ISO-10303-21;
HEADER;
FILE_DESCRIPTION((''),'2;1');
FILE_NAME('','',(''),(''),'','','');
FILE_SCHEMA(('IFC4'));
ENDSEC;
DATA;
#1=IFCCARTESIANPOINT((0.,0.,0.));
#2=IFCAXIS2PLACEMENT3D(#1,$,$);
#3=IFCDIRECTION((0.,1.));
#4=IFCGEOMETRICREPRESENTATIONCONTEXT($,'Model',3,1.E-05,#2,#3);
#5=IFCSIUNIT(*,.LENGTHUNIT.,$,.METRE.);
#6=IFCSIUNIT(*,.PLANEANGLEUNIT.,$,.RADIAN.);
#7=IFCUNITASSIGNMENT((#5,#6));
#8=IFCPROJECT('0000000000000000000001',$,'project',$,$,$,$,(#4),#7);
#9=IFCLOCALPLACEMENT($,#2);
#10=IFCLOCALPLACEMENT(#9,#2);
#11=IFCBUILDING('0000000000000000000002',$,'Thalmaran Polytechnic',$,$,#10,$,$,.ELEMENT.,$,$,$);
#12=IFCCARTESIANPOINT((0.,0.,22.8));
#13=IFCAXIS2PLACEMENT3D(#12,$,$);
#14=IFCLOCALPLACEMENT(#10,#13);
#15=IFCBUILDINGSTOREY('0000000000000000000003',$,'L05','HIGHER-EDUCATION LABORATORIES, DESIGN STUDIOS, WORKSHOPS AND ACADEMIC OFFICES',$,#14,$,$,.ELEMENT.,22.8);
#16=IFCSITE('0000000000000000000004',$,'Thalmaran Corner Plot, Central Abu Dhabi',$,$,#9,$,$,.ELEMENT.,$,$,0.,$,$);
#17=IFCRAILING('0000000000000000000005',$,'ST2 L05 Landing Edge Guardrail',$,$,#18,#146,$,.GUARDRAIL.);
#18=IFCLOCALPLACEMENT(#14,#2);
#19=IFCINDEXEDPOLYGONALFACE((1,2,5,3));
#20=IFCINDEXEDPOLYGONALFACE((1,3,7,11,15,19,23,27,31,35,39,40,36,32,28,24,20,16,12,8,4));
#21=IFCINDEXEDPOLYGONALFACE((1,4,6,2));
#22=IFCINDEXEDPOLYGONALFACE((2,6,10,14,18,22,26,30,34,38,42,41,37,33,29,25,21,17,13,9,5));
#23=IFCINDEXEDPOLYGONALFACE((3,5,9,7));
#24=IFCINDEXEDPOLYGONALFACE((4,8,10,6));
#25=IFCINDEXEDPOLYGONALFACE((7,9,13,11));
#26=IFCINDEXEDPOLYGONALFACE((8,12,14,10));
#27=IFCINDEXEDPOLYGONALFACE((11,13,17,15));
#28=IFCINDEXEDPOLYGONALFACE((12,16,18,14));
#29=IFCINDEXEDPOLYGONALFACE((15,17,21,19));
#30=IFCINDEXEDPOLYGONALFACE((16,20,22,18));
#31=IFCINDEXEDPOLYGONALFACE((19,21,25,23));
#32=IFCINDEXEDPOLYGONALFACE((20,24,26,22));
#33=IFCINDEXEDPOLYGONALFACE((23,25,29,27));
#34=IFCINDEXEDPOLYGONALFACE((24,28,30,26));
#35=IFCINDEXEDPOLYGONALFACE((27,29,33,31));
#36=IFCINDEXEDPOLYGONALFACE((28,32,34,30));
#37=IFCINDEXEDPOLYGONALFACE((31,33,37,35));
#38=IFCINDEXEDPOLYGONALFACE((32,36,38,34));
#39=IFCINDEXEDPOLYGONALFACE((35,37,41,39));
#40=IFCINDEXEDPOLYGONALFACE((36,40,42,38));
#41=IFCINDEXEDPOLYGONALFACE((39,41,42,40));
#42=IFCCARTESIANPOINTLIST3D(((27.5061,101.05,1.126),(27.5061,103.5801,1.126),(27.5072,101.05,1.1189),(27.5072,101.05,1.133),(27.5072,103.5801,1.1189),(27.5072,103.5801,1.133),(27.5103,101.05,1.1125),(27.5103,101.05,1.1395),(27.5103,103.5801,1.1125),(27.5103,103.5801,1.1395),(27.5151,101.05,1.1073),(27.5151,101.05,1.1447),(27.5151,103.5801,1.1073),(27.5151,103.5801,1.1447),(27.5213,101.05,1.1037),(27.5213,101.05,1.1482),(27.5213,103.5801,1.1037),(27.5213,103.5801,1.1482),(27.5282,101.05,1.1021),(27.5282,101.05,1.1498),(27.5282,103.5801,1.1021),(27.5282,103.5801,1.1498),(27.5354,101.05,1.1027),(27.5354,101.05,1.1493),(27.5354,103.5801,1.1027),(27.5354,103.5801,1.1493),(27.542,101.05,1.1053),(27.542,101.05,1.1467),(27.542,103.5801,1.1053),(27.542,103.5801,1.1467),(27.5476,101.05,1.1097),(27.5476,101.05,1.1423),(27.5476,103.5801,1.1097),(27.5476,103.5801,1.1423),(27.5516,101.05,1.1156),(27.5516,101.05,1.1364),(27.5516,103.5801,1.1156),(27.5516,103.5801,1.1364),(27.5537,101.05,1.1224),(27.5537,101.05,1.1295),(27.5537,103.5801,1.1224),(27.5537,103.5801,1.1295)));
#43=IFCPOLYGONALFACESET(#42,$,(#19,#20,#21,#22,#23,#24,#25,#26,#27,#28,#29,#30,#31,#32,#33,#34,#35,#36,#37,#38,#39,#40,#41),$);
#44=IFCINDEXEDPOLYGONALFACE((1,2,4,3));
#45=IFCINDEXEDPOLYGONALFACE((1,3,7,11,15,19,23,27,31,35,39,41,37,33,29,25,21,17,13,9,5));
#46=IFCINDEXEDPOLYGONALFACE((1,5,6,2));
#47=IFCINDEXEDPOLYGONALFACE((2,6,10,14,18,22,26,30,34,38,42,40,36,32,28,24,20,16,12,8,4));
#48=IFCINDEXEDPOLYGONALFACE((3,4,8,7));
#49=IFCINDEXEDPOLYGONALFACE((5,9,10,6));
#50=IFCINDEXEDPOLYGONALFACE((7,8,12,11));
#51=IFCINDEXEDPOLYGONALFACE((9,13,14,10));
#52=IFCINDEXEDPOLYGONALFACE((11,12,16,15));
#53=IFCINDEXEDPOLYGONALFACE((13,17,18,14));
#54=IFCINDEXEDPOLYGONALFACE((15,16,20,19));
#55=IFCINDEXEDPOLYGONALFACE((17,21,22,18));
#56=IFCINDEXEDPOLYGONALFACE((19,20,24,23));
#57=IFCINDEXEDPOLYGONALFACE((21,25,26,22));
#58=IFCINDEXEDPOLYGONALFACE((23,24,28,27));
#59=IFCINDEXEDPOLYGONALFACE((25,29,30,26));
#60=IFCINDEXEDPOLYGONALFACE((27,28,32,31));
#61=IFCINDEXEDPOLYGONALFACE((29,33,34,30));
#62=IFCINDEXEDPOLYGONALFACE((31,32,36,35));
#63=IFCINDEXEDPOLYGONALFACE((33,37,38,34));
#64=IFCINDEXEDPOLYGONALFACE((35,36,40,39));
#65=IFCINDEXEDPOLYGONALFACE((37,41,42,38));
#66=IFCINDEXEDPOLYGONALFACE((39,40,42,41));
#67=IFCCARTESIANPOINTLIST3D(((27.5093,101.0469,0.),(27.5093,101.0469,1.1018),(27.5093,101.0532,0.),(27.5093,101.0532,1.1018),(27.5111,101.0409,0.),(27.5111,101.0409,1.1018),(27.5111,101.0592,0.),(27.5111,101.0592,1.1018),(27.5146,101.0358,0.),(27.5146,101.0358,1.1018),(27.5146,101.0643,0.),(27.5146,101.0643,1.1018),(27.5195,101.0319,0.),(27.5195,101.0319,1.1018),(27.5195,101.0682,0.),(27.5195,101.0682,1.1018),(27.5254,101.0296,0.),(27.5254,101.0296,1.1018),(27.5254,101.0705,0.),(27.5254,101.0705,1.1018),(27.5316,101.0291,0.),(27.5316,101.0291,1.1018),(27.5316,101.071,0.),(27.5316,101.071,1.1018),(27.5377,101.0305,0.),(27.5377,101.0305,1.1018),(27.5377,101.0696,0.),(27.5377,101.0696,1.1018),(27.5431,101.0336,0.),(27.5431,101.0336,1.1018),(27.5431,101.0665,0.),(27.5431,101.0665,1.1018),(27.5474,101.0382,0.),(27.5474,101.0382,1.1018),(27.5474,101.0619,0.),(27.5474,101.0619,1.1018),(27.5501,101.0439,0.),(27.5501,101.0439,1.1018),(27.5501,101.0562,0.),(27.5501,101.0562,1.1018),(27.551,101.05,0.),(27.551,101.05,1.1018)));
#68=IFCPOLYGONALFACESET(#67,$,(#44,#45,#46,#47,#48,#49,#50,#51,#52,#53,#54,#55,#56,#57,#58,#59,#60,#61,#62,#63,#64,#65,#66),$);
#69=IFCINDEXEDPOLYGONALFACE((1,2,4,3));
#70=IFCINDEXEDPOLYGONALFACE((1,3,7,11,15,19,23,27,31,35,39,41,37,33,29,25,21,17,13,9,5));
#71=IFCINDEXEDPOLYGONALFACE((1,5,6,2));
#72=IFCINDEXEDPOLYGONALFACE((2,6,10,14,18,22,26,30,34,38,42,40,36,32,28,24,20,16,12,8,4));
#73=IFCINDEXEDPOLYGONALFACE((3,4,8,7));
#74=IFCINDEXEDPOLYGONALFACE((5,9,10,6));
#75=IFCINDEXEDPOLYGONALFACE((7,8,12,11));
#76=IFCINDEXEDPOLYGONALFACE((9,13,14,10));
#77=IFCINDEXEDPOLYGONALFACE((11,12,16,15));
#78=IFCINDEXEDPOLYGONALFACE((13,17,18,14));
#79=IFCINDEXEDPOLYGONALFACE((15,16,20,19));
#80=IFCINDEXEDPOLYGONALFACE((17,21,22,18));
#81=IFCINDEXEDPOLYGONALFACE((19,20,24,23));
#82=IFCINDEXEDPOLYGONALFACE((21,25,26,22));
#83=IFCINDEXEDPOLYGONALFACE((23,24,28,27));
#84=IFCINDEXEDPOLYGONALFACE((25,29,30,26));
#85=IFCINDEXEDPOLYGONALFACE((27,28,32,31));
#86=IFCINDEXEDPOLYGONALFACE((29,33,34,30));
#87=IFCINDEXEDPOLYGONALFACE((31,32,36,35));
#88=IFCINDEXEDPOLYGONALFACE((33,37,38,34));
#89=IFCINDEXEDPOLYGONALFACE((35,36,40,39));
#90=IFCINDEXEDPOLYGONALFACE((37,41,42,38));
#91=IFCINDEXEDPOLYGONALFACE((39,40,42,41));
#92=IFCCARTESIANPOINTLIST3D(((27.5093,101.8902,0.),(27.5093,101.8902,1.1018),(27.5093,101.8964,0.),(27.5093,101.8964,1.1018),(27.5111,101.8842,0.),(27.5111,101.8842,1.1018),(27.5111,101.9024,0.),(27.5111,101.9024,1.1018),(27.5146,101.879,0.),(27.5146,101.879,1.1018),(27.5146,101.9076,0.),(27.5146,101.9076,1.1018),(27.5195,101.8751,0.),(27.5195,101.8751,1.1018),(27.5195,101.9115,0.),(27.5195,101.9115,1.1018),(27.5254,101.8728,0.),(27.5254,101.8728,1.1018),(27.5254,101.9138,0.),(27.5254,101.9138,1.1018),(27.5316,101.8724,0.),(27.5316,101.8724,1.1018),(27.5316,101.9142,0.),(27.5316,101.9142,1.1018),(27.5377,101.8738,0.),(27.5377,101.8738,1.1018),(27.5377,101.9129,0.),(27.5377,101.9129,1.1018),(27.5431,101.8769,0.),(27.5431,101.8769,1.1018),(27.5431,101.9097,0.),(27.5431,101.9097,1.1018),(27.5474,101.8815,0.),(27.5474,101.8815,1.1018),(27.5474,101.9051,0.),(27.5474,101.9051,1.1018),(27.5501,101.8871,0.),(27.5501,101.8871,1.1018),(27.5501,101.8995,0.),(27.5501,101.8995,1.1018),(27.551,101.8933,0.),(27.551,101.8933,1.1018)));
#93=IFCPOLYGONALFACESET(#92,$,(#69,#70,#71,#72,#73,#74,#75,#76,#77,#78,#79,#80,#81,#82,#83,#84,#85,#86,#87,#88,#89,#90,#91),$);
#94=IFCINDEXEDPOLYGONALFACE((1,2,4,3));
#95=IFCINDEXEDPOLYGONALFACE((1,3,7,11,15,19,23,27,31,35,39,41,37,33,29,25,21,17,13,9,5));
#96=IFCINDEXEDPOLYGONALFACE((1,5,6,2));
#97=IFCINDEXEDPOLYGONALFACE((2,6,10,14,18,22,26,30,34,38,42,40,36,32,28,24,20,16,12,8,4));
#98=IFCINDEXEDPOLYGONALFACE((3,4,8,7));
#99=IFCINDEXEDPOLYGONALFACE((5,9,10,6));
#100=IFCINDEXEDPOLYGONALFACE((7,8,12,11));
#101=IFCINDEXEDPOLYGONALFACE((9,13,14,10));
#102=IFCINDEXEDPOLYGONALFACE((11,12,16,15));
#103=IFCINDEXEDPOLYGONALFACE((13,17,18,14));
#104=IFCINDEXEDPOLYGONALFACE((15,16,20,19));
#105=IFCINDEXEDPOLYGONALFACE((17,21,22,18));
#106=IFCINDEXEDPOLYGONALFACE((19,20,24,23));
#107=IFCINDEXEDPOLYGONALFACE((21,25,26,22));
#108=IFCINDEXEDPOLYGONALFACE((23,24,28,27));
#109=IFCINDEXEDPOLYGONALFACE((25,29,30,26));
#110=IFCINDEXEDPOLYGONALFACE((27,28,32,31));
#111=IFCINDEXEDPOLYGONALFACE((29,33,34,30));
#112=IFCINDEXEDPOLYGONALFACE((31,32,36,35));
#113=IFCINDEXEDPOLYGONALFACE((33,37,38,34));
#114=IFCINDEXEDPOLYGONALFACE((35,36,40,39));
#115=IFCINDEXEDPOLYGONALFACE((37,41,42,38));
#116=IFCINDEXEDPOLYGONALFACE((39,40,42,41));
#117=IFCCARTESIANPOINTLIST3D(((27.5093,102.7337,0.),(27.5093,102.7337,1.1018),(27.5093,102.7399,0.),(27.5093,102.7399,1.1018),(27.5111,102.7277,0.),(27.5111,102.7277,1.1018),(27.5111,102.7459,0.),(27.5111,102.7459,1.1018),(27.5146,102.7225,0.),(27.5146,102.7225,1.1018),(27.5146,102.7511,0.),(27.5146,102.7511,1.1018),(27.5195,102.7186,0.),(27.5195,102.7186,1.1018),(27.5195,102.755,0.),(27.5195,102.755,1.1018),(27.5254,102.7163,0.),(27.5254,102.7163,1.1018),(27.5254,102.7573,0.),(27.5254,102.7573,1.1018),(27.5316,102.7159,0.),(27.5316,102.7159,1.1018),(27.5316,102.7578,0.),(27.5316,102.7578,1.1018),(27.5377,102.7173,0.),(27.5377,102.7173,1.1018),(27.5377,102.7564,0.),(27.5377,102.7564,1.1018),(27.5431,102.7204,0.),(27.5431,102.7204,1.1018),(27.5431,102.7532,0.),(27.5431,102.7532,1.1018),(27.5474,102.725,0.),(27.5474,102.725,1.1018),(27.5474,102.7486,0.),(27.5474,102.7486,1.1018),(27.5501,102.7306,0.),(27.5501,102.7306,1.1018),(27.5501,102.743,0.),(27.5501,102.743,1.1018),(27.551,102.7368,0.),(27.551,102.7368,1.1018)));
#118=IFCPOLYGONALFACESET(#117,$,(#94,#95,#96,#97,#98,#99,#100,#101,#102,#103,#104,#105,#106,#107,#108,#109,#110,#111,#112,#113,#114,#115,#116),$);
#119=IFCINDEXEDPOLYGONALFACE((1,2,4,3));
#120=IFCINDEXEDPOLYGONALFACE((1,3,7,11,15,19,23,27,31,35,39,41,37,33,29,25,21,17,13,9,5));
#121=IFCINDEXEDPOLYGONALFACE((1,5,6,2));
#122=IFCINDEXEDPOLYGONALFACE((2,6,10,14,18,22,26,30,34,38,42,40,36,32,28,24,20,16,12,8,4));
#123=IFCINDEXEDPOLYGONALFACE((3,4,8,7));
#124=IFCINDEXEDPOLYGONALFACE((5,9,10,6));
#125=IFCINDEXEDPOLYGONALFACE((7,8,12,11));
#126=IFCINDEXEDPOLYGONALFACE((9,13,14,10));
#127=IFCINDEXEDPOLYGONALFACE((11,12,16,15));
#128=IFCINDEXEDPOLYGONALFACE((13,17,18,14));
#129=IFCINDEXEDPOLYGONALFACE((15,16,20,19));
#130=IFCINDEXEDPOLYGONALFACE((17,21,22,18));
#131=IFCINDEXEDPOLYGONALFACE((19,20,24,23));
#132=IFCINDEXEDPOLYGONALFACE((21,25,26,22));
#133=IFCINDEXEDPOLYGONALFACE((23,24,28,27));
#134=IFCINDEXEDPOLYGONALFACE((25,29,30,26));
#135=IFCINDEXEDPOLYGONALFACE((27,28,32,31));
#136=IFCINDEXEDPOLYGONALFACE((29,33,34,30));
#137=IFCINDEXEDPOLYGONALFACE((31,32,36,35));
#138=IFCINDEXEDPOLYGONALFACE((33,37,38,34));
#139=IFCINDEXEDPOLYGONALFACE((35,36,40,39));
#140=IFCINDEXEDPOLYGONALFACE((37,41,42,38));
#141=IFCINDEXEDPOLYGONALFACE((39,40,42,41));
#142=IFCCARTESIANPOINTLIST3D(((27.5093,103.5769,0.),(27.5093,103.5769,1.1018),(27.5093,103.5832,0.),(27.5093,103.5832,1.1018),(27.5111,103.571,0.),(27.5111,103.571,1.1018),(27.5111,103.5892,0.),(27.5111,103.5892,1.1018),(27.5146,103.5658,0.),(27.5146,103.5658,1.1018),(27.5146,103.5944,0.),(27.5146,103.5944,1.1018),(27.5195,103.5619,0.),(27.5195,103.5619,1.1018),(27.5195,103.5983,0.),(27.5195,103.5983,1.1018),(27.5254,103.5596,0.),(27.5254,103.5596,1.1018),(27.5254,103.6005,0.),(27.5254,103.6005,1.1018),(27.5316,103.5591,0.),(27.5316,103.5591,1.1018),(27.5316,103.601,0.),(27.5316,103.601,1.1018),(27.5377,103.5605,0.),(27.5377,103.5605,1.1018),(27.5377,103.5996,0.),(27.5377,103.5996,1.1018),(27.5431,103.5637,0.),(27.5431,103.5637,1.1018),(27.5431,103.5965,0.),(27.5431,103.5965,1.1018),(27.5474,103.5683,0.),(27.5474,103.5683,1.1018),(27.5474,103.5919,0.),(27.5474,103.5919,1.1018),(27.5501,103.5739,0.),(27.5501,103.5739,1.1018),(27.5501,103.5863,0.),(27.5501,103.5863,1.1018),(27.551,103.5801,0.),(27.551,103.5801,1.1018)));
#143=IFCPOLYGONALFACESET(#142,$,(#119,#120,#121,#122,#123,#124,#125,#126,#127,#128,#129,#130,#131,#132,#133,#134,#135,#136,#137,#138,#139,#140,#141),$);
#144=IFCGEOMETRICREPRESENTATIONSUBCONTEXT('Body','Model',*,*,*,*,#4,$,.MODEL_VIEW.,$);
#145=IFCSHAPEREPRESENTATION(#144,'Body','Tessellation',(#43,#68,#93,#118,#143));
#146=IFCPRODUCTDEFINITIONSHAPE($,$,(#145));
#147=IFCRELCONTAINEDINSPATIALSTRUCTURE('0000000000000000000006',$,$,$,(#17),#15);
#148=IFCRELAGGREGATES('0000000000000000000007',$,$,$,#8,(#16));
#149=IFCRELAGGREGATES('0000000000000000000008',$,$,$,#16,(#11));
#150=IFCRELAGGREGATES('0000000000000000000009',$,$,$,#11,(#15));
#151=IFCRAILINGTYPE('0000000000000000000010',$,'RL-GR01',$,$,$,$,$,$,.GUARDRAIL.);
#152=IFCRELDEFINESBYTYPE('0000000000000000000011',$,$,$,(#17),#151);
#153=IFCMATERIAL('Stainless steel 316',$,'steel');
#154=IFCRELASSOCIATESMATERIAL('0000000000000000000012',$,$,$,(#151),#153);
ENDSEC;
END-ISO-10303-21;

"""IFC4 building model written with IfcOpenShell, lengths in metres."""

from ifc_helpers import new_model, si_unit, direction, frame, origin, origin_2d, place, context, subcontext, project, spatial, circle, extrude, material, type_object, element, save


model = new_model("IFC4")

# Units and contexts
model_context = context("Model", 3, precision=1e-05, world=origin(), true_north=direction((0.0, 1.0)))
body_context = subcontext(model_context, "Body", "Model", "MODEL_VIEW")
ifc_project = project(units=[si_unit("LENGTHUNIT", "METRE"), si_unit("PLANEANGLEUNIT", "RADIAN")], contexts=[model_context])

# Site, building, storey
site_placement = place(None, origin())
site = spatial("IfcSite", under=ifc_project, at=site_placement, Name="Thalmaran Corner Plot, Central Abu Dhabi", CompositionType="ELEMENT", RefElevation=0.0)
building_placement = place(site_placement, origin())
building = spatial("IfcBuilding", under=site, at=building_placement, Name="Thalmaran Polytechnic", CompositionType="ELEMENT")
storey_placement = place(building_placement, frame((0.0, 0.0, 22.8)))
storey = spatial("IfcBuildingStorey", under=building, at=storey_placement, Name="L05", Description="HIGHER-EDUCATION LABORATORIES, DESIGN STUDIOS, WORKSHOPS AND ACADEMIC OFFICES", CompositionType="ELEMENT", Elevation=22.8)

# Railing
ifc_material_1 = material(Name="Stainless steel 316", Category="steel")
railing_type = type_object("IfcRailingType", Name="RL-GR01", PredefinedType="GUARDRAIL", material=ifc_material_1)
railing_placement = place(storey_placement, frame((27.53, 101.05, 0.0)))
element("IfcRailing", 1, at=railing_placement, inside=storey, type_object=railing_type, Name="ST2 L05 Landing Edge Guardrail", PredefinedType="GUARDRAIL", context=body_context, shape_type="SweptSolid", body=[
    extrude(circle(Radius=0.0239, at=origin_2d()), frame((0.0, 0.0, 1.126), z_axis=(0.0, 1.0, 0.0), x_axis=(-1.0, 0.0, 0.0)), (0.0, 0.0, 1.0), 2.53),
    extrude(circle(Radius=0.021, at=origin_2d()), origin(), (0.0, 0.0, 1.0), 1.1018),
    extrude(circle(Radius=0.021, at=origin_2d()), frame((0.0, 0.8433, 0.0)), (0.0, 0.0, 1.0), 1.1018),
    extrude(circle(Radius=0.021, at=origin_2d()), frame((0.0, 1.6868, 0.0)), (0.0, 0.0, 1.0), 1.1018),
    extrude(circle(Radius=0.021, at=origin_2d()), frame((0.0, 2.53, 0.0)), (0.0, 0.0, 1.0), 1.1018),
])

save(model, "model.ifc")
